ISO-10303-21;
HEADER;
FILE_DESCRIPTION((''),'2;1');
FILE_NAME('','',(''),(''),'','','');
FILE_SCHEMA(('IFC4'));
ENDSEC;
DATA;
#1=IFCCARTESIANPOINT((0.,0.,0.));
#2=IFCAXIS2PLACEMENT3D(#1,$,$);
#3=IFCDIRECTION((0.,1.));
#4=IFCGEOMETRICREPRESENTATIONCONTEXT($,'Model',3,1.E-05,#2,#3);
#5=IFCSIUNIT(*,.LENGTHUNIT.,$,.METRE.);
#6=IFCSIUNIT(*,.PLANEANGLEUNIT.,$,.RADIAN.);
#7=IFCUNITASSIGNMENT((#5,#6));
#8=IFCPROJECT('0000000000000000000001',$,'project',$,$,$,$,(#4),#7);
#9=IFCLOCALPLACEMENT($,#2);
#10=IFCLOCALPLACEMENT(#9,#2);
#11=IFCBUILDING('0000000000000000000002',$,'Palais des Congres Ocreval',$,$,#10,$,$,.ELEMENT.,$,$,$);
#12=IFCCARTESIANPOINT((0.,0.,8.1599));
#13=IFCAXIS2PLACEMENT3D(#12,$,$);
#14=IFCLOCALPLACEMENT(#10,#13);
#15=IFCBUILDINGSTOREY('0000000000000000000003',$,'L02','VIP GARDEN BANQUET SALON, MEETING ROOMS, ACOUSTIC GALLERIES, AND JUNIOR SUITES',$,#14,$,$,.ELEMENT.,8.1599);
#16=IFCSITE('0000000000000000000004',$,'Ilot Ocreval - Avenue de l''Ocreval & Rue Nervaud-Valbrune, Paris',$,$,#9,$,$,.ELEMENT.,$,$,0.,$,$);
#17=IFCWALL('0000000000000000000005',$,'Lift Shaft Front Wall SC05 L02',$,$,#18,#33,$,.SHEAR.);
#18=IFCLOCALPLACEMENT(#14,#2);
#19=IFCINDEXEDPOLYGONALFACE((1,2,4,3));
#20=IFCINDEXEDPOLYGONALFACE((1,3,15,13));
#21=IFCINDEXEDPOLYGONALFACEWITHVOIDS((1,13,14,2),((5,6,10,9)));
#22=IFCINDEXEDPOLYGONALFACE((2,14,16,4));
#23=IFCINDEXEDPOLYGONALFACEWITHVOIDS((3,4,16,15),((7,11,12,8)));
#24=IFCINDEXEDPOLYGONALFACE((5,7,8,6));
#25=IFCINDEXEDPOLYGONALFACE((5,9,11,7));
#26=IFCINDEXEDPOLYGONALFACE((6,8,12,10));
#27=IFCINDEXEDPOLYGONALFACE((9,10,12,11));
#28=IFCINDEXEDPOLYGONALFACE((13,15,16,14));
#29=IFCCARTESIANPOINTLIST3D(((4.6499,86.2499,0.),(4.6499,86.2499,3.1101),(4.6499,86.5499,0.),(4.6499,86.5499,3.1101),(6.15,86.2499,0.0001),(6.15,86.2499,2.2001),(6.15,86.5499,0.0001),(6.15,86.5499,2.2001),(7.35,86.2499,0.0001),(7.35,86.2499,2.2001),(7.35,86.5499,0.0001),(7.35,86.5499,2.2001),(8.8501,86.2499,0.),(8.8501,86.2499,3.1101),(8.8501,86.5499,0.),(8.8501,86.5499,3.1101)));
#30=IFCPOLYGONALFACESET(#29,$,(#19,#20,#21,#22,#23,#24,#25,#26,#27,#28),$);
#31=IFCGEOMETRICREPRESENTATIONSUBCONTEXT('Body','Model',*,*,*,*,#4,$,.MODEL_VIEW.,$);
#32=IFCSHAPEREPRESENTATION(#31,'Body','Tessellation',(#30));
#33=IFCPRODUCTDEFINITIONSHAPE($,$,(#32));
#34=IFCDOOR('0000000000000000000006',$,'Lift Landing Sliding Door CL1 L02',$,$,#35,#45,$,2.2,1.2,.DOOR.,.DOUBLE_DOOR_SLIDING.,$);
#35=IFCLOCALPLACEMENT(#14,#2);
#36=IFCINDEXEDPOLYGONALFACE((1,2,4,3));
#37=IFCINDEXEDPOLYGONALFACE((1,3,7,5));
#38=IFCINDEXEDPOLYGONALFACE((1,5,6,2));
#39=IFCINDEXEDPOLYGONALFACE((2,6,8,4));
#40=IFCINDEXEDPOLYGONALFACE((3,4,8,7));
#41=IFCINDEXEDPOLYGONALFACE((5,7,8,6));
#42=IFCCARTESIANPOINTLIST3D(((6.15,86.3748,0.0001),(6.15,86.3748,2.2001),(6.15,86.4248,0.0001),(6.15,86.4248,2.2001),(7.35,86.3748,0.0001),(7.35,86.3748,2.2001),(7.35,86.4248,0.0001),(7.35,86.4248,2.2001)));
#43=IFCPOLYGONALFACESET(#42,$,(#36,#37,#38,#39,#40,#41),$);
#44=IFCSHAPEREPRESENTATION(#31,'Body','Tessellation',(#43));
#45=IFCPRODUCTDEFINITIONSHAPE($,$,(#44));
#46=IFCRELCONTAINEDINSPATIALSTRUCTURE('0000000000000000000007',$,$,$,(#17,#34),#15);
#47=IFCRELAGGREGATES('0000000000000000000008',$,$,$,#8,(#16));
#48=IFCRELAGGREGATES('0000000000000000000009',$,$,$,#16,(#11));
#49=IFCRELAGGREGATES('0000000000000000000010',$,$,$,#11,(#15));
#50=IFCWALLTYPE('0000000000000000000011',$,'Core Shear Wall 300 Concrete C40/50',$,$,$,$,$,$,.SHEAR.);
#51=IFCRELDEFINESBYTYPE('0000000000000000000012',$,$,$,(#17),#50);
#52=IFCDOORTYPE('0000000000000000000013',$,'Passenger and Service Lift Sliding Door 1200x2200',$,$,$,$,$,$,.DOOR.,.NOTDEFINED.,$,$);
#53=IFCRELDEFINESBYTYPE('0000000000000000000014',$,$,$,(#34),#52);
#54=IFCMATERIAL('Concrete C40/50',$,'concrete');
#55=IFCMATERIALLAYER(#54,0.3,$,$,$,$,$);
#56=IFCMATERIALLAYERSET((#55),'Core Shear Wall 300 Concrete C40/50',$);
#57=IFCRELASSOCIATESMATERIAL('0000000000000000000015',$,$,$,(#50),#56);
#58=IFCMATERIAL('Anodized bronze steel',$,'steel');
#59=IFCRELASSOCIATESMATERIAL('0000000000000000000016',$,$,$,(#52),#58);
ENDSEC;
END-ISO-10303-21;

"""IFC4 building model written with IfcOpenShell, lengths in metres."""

from ifc_helpers import new_model, si_unit, direction, frame, frame_2d, origin, place, context, subcontext, project, spatial, rectangle, extrude, material, layer, layer_set, type_object, element, fill, save


model = new_model("IFC4")

# Units and contexts
model_context = context("Model", 3, precision=1e-05, world=origin(), true_north=direction((0.0, 1.0)))
body_context = subcontext(model_context, "Body", "Model", "MODEL_VIEW")
ifc_project = project(units=[si_unit("LENGTHUNIT", "METRE"), si_unit("PLANEANGLEUNIT", "RADIAN")], contexts=[model_context])

# Site, building, storey
site_placement = place(None, origin())
site = spatial("IfcSite", under=ifc_project, at=site_placement, Name="Ilot Ocreval - Avenue de l'Ocreval & Rue Nervaud-Valbrune, Paris", CompositionType="ELEMENT", RefElevation=0.0)
building_placement = place(site_placement, origin())
building = spatial("IfcBuilding", under=site, at=building_placement, Name="Palais des Congres Ocreval", CompositionType="ELEMENT")
storey_placement = place(building_placement, frame((0.0, 0.0, 8.1599)))
storey = spatial("IfcBuildingStorey", under=building, at=storey_placement, Name="L02", Description="VIP GARDEN BANQUET SALON, MEETING ROOMS, ACOUSTIC GALLERIES, AND JUNIOR SUITES", CompositionType="ELEMENT", Elevation=8.1599)

# Shared definitions
ifc_material_1 = material(Name="Concrete C40/50", Category="concrete")

# Shared definitions
ifc_layer_1 = layer(ifc_material_1, 0.3)
ifc_layer_set_1 = layer_set([ifc_layer_1], Name="Core Shear Wall 300 Concrete C40/50")
wall_type_1 = type_object("IfcWallType", Name="Core Shear Wall 300 Concrete C40/50", PredefinedType="SHEAR", material=ifc_layer_set_1)

# Wall, opening, door
wall_1_placement = place(storey_placement, frame((4.6499, 86.3999, 0.0), z_axis=(0.0, 0.0, 1.0), x_axis=(1.0, 0.0, 0.0)))
wall_1 = element("IfcWall", 1, at=wall_1_placement, inside=storey, type_object=wall_type_1, Name="Lift Shaft Front Wall SC05 L02", PredefinedType="SHEAR", context=body_context, shape_type="SweptSolid", body=[
    extrude(rectangle(XDim=4.2002, YDim=0.3, at=frame_2d((2.1001, 0.0))), origin(), (0.0, 0.0, 1.0), 3.1101),
])
opening_1_placement = place(wall_1_placement, frame((1.5, 0.0, 0.0)))
opening_1 = element("IfcOpeningElement", 2, at=opening_1_placement, cuts=wall_1, PredefinedType="OPENING", context=body_context, shape_type="SweptSolid", body=[
    extrude(rectangle(XDim=1.2, YDim=2.2, at=frame_2d((0.6001, 1.1001))), frame((0.0, 0.1599, 0.0), z_axis=(0.0, -1.0, 0.0), x_axis=(1.0, 0.0, 0.0)), (0.0, 0.0, 1.0), 0.3201),
])
ifc_material_2 = material(Name="Anodized bronze steel", Category="steel")
door_type_1 = type_object("IfcDoorType", Name="Passenger and Service Lift Sliding Door 1200x2200", OperationType="NOTDEFINED", PredefinedType="DOOR", material=ifc_material_2)
door_1_placement = place(opening_1_placement, origin())
door_1 = element("IfcDoor", 3, at=door_1_placement, inside=storey, type_object=door_type_1, Name="Lift Landing Sliding Door CL1 L02", OperationType="DOUBLE_DOOR_SLIDING", OverallHeight=2.2, OverallWidth=1.2, PredefinedType="DOOR", context=body_context, shape_type="SweptSolid", body=[
    extrude(rectangle(XDim=1.2, YDim=2.2, at=frame_2d((0.6001, 1.1001))), frame((0.0, 0.0249, 0.0), z_axis=(0.0, -1.0, 0.0), x_axis=(1.0, 0.0, 0.0)), (0.0, 0.0, 1.0), 0.05),
])
fill(opening_1, door_1)

save(model, "model.ifc")
